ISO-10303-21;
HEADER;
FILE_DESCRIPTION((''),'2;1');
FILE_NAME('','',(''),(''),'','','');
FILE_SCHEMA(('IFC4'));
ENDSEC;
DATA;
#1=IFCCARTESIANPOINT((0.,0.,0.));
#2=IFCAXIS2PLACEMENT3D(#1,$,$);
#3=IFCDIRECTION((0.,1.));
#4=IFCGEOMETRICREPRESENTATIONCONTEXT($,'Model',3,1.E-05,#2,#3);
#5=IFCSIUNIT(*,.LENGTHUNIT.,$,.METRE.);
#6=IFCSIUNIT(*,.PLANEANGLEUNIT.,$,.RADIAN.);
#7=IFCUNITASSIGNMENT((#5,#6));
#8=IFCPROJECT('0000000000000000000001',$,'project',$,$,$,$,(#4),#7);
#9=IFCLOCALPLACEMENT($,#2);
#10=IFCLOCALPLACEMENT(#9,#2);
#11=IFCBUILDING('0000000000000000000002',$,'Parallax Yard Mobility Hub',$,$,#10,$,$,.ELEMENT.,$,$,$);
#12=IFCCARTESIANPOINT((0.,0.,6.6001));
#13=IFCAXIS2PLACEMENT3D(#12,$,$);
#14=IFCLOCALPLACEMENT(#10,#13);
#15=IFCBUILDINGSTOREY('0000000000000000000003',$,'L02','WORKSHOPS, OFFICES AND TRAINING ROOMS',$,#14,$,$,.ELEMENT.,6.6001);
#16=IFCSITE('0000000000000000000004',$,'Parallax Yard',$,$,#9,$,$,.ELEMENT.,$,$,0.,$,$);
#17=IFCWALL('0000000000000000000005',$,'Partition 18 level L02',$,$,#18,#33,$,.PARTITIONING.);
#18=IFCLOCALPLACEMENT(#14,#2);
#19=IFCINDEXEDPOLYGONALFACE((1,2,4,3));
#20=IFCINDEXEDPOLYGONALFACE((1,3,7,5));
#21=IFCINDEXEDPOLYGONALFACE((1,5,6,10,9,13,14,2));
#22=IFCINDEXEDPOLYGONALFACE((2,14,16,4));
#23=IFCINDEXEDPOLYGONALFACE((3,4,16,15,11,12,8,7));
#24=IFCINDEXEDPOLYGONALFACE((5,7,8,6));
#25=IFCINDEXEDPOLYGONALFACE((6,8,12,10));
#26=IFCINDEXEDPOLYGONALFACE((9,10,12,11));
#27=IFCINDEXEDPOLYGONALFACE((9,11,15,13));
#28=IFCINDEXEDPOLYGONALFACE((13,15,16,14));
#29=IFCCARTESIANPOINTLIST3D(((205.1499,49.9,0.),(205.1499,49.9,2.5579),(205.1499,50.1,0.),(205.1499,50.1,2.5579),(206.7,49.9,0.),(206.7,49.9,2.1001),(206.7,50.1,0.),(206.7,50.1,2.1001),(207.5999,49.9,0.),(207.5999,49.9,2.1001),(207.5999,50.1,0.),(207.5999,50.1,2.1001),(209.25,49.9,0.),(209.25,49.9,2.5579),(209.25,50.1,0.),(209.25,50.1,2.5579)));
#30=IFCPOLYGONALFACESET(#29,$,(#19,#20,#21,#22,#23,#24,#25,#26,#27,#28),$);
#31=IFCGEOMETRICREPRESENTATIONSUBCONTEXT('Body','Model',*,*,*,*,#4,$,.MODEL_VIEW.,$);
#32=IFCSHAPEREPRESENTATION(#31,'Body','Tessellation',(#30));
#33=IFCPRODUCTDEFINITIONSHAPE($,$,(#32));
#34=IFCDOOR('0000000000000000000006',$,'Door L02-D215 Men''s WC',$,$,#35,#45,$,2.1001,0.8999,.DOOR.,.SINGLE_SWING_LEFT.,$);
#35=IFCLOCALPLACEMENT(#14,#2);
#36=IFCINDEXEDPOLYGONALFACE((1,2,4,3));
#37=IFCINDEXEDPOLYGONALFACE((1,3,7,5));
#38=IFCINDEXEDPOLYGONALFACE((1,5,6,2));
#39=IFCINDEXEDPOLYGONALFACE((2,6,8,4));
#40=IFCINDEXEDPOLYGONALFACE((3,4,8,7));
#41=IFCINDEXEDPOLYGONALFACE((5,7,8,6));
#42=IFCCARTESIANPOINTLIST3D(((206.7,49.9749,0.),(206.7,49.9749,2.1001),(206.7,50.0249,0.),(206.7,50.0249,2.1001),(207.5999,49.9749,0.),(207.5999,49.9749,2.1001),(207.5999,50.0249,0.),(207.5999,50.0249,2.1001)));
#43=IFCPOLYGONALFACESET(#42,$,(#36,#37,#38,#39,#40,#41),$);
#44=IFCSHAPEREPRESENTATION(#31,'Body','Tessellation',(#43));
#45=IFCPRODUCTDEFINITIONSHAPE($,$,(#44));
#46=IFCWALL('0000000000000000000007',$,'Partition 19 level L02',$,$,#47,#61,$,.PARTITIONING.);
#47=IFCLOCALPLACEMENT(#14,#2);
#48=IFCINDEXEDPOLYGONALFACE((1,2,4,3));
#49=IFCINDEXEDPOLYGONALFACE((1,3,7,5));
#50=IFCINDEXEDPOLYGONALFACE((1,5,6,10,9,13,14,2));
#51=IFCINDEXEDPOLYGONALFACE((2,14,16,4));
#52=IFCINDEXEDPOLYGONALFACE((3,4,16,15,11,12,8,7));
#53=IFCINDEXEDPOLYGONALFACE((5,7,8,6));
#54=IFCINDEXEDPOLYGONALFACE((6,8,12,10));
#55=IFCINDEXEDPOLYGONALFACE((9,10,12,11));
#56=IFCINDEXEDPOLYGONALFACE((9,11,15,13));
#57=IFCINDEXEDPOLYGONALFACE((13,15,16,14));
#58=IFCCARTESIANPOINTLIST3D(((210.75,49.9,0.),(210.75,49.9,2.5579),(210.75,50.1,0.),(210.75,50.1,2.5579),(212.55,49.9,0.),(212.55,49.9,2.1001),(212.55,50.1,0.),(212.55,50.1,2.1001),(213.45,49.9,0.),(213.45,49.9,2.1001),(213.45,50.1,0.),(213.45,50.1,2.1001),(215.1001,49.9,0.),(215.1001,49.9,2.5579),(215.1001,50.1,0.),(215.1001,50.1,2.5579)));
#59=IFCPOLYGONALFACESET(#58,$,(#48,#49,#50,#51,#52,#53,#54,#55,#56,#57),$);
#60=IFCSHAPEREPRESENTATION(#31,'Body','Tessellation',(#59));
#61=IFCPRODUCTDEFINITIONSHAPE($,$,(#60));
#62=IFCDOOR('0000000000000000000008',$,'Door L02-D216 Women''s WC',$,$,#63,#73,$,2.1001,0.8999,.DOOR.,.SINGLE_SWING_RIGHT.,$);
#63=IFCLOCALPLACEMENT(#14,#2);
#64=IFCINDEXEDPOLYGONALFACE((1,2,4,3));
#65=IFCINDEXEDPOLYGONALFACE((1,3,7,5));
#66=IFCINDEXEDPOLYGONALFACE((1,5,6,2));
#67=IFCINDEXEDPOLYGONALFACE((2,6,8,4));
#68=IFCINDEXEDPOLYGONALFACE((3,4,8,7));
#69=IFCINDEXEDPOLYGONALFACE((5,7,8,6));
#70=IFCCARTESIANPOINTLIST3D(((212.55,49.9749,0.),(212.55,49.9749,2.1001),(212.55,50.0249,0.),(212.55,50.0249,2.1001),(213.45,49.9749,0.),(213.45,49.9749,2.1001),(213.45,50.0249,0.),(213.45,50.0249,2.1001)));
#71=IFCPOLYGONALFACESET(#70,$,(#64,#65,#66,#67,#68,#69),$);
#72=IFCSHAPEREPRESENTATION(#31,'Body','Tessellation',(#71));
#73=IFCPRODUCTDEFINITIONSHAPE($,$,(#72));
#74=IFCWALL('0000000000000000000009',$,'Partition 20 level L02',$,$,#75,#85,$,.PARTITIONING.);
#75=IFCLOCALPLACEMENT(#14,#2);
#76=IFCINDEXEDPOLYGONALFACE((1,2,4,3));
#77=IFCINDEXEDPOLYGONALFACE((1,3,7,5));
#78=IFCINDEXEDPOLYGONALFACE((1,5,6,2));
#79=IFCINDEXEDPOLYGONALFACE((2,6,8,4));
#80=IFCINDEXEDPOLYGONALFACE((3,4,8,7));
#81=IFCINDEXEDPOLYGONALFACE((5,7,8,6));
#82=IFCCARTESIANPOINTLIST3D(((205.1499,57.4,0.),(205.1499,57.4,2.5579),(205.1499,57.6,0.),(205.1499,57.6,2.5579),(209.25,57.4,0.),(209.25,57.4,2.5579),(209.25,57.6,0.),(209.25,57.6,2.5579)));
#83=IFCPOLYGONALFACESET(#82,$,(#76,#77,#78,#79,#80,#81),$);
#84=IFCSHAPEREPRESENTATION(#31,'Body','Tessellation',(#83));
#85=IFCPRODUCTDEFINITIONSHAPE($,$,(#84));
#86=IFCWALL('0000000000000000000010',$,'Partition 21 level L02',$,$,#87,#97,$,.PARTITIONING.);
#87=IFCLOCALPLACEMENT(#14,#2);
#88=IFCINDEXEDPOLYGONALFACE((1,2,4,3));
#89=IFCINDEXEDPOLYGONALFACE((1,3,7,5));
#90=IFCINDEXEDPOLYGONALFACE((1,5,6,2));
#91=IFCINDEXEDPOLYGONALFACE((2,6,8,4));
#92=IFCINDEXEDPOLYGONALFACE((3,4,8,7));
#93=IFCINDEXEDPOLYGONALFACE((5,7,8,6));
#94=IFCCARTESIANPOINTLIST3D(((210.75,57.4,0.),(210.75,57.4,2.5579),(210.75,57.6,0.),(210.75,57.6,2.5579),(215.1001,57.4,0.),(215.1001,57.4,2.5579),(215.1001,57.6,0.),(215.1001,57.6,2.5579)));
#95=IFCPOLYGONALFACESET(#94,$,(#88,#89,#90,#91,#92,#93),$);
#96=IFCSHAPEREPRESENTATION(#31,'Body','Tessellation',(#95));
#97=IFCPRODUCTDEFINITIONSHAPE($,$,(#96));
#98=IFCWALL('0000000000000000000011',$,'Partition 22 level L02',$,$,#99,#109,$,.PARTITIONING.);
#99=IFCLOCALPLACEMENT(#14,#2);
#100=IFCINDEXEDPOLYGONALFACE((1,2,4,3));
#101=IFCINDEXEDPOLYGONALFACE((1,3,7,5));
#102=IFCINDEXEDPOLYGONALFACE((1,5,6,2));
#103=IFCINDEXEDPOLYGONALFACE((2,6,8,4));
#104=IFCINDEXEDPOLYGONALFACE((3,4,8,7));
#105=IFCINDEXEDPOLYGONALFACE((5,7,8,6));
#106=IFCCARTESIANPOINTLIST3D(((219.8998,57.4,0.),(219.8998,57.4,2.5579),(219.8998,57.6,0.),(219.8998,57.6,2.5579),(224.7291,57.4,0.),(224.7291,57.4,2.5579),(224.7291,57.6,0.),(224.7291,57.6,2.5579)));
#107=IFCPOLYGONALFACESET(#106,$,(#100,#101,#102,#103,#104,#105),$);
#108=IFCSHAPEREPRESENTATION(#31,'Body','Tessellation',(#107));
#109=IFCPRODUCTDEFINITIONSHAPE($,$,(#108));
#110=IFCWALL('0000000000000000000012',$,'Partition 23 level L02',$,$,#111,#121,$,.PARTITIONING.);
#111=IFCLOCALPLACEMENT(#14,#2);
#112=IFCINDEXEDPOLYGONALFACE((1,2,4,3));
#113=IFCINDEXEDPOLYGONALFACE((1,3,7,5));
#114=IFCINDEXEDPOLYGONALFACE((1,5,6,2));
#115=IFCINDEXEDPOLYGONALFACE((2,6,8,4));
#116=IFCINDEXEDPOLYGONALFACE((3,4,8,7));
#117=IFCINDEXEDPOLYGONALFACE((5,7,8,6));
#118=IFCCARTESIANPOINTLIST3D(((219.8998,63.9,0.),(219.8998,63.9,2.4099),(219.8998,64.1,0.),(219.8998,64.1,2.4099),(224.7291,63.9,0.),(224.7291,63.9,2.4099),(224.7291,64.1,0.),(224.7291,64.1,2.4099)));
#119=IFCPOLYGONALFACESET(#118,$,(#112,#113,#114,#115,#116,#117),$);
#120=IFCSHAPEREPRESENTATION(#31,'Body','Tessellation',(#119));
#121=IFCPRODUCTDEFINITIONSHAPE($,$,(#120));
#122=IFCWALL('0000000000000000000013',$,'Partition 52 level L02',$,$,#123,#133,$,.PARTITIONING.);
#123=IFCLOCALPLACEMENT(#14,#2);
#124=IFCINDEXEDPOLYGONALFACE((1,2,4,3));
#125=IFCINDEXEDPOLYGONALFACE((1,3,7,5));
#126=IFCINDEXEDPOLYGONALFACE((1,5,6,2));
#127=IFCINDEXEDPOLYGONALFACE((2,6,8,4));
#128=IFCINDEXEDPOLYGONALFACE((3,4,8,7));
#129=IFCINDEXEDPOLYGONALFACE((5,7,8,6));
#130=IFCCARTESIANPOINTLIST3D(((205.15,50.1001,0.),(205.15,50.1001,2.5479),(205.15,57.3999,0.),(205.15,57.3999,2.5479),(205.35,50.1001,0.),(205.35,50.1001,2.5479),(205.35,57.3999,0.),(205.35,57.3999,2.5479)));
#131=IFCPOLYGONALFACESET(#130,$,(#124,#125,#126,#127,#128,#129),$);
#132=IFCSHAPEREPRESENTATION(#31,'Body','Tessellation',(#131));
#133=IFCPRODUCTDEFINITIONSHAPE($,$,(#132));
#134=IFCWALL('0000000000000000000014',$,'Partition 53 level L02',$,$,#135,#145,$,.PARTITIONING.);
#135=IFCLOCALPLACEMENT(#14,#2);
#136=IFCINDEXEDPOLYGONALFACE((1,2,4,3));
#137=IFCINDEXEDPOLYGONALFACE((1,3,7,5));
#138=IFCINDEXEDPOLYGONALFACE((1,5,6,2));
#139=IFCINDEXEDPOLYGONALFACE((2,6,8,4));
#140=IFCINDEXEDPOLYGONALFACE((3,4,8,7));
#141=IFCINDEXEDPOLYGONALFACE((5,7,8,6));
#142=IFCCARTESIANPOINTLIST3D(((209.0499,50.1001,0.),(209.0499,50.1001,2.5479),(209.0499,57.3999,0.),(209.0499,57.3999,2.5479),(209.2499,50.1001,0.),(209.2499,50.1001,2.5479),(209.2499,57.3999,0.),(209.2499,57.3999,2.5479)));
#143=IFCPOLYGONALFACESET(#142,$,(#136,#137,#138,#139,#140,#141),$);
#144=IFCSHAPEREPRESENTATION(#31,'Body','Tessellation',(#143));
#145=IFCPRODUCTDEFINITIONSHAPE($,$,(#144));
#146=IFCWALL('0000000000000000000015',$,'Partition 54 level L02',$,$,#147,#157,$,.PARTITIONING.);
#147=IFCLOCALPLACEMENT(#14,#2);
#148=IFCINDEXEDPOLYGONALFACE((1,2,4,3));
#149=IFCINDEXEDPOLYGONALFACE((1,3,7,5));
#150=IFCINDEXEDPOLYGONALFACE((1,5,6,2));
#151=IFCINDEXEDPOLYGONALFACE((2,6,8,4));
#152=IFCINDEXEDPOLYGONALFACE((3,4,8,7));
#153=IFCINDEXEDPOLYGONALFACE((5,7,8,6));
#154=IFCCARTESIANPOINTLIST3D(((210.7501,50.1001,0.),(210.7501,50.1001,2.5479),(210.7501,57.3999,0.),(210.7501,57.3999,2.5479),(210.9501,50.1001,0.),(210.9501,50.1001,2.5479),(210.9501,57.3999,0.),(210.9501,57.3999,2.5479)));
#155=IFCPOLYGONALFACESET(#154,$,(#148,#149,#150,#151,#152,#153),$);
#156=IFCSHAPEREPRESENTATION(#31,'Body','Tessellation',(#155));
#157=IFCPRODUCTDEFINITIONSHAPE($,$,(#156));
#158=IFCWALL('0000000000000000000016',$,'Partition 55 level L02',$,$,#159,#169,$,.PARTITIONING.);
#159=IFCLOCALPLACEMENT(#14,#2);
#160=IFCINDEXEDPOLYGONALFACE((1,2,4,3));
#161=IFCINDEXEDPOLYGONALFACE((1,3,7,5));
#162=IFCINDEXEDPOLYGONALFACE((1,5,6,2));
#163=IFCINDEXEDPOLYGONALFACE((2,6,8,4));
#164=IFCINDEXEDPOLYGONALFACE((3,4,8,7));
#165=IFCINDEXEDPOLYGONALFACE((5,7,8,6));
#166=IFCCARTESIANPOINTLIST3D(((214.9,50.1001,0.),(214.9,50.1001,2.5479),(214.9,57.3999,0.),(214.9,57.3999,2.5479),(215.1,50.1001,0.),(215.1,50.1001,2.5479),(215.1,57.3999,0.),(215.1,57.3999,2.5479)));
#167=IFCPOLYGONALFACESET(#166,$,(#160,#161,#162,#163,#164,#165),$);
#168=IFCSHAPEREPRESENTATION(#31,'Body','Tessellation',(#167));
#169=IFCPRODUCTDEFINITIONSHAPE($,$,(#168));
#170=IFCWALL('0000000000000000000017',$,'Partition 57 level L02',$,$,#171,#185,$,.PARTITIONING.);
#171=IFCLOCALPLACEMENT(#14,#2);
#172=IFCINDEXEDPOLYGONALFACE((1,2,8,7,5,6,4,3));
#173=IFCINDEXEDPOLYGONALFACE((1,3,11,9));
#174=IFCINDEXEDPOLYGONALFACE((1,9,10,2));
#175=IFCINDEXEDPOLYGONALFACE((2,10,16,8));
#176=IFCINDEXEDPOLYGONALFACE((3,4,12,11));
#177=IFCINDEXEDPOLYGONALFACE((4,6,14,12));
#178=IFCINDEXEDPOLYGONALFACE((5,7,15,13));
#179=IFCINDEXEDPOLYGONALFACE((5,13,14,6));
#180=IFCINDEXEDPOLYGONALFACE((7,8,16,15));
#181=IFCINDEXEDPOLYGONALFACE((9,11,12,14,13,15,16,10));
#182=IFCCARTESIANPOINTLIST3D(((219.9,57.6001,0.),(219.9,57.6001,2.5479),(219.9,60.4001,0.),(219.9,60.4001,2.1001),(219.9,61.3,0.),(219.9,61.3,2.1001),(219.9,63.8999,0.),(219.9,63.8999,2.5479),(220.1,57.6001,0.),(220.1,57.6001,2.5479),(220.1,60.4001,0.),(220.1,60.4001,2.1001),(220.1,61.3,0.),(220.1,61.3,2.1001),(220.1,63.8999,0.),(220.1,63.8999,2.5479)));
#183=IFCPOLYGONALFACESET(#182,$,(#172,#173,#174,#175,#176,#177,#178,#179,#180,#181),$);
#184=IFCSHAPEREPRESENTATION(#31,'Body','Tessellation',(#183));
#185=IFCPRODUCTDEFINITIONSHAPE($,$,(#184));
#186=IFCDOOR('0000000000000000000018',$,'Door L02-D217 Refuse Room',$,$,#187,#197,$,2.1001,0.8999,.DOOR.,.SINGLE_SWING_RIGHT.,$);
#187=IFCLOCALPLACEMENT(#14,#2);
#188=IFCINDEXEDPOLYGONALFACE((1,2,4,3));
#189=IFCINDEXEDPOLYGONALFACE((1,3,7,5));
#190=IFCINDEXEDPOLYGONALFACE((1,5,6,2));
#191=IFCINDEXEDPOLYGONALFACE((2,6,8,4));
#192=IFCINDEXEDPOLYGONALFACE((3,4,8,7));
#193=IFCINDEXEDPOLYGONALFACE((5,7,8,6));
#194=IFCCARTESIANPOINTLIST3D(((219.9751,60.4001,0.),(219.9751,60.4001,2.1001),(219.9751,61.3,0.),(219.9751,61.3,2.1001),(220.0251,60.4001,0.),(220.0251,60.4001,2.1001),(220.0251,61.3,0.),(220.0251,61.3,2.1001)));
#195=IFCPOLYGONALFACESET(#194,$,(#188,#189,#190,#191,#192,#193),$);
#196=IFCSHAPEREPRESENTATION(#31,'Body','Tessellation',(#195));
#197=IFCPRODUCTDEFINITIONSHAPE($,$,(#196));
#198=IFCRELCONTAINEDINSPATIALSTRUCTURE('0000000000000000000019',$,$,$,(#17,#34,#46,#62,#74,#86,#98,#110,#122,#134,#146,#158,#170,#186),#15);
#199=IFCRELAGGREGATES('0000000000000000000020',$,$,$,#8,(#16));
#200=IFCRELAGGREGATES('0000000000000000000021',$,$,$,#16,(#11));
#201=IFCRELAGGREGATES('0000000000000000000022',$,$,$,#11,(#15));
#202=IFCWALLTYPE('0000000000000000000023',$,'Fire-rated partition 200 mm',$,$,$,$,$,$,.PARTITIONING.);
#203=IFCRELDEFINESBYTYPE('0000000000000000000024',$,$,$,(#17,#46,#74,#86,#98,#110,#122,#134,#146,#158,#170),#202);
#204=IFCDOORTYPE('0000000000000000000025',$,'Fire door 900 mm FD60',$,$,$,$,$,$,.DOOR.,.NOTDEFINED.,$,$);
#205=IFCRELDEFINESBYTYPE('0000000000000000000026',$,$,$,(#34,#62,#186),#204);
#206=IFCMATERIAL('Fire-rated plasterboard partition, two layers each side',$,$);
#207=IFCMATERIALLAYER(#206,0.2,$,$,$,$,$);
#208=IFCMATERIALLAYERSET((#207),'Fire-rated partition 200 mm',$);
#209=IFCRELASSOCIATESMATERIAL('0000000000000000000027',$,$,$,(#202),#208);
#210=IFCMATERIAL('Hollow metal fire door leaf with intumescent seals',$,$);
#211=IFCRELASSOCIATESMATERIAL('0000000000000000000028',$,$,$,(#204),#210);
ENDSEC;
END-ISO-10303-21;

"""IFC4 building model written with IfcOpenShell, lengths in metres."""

from ifc_helpers import new_model, si_unit, direction, frame, frame_2d, origin, place, context, subcontext, project, spatial, rectangle, extrude, material, layer, layer_set, type_object, element, fill, save


model = new_model("IFC4")

# Units and contexts
model_context = context("Model", 3, precision=1e-05, world=origin(), true_north=direction((0.0, 1.0)))
body_context = subcontext(model_context, "Body", "Model", "MODEL_VIEW")
ifc_project = project(units=[si_unit("LENGTHUNIT", "METRE"), si_unit("PLANEANGLEUNIT", "RADIAN")], contexts=[model_context])

# Site, building, storey
site_placement = place(None, origin())
site = spatial("IfcSite", under=ifc_project, at=site_placement, Name="Parallax Yard", CompositionType="ELEMENT", RefElevation=0.0)
building_placement = place(site_placement, origin())
building = spatial("IfcBuilding", under=site, at=building_placement, Name="Parallax Yard Mobility Hub", CompositionType="ELEMENT")
storey_placement = place(building_placement, frame((0.0, 0.0, 6.6001)))
storey = spatial("IfcBuildingStorey", under=building, at=storey_placement, Name="L02", Description="WORKSHOPS, OFFICES AND TRAINING ROOMS", CompositionType="ELEMENT", Elevation=6.6001)

# Walls, openings, doors
ifc_material_1 = material(Name="Fire-rated plasterboard partition, two layers each side")
ifc_layer_1 = layer(ifc_material_1, 0.2)
ifc_layer_set_1 = layer_set([ifc_layer_1], Name="Fire-rated partition 200 mm")
wall_type_1 = type_object("IfcWallType", Name="Fire-rated partition 200 mm", PredefinedType="PARTITIONING", material=ifc_layer_set_1)
wall_1_placement = place(storey_placement, frame((205.1499, 50.0, 0.0), z_axis=(0.0, 0.0, 1.0), x_axis=(1.0, 0.0, 0.0)))
wall_1 = element("IfcWall", 1, at=wall_1_placement, inside=storey, type_object=wall_type_1, Name="Partition 18 level L02", PredefinedType="PARTITIONING", context=body_context, shape_type="SweptSolid", body=[
    extrude(rectangle(XDim=4.1001, YDim=0.2, at=frame_2d((2.05, 0.0))), origin(), (0.0, 0.0, 1.0), 2.5579),
])
opening_1_placement = place(wall_1_placement, frame((1.55, 0.0, 0.0)))
opening_1 = element("IfcOpeningElement", 2, at=opening_1_placement, cuts=wall_1, PredefinedType="OPENING", context=body_context, shape_type="SweptSolid", body=[
    extrude(rectangle(XDim=0.8999, YDim=2.1001, at=frame_2d((0.45, 1.05))), frame((0.0, 0.1099, 0.0), z_axis=(0.0, -1.0, 0.0), x_axis=(1.0, 0.0, 0.0)), (0.0, 0.0, 1.0), 0.22),
])
ifc_material_2 = material(Name="Hollow metal fire door leaf with intumescent seals")
door_type = type_object("IfcDoorType", Name="Fire door 900 mm FD60", OperationType="NOTDEFINED", PredefinedType="DOOR", material=ifc_material_2)
door_1_placement = place(opening_1_placement, origin())
door_1 = element("IfcDoor", 3, at=door_1_placement, inside=storey, type_object=door_type, Name="Door L02-D215 Men's WC", OperationType="SINGLE_SWING_LEFT", OverallHeight=2.1001, OverallWidth=0.8999, PredefinedType="DOOR", context=body_context, shape_type="SweptSolid", body=[
    extrude(rectangle(XDim=0.8999, YDim=2.1001, at=frame_2d((0.45, 1.05))), frame((0.0, 0.0249, 0.0), z_axis=(0.0, -1.0, 0.0), x_axis=(1.0, 0.0, 0.0)), (0.0, 0.0, 1.0), 0.05),
])
fill(opening_1, door_1)
wall_2_placement = place(storey_placement, frame((210.75, 50.0, 0.0), z_axis=(0.0, 0.0, 1.0), x_axis=(1.0, 0.0, 0.0)))
wall_2 = element("IfcWall", 4, at=wall_2_placement, inside=storey, type_object=wall_type_1, Name="Partition 19 level L02", PredefinedType="PARTITIONING", context=body_context, shape_type="SweptSolid", body=[
    extrude(rectangle(XDim=4.3501, YDim=0.2, at=frame_2d((2.175, 0.0))), origin(), (0.0, 0.0, 1.0), 2.5579),
])
opening_2_placement = place(wall_2_placement, frame((1.8, 0.0, 0.0)))
opening_2 = element("IfcOpeningElement", 5, at=opening_2_placement, cuts=wall_2, PredefinedType="OPENING", context=body_context, shape_type="SweptSolid", body=[
    extrude(rectangle(XDim=0.8999, YDim=2.1001, at=frame_2d((0.45, 1.05))), frame((0.0, 0.1099, 0.0), z_axis=(0.0, -1.0, 0.0), x_axis=(1.0, 0.0, 0.0)), (0.0, 0.0, 1.0), 0.22),
])
door_2_placement = place(opening_2_placement, origin())
door_2 = element("IfcDoor", 6, at=door_2_placement, inside=storey, type_object=door_type, Name="Door L02-D216 Women's WC", OperationType="SINGLE_SWING_RIGHT", OverallHeight=2.1001, OverallWidth=0.8999, PredefinedType="DOOR", context=body_context, shape_type="SweptSolid", body=[
    extrude(rectangle(XDim=0.8999, YDim=2.1001, at=frame_2d((0.45, 1.05))), frame((0.0, 0.0249, 0.0), z_axis=(0.0, -1.0, 0.0), x_axis=(1.0, 0.0, 0.0)), (0.0, 0.0, 1.0), 0.05),
])
fill(opening_2, door_2)

# Walls
wall_3_placement = place(storey_placement, frame((205.1499, 57.5, 0.0), z_axis=(0.0, 0.0, 1.0), x_axis=(1.0, 0.0, 0.0)))
element("IfcWall", 7, at=wall_3_placement, inside=storey, type_object=wall_type_1, Name="Partition 20 level L02", PredefinedType="PARTITIONING", context=body_context, shape_type="SweptSolid", body=[
    extrude(rectangle(XDim=4.1001, YDim=0.2, at=frame_2d((2.05, 0.0))), origin(), (0.0, 0.0, 1.0), 2.5579),
])
wall_4_placement = place(storey_placement, frame((210.75, 57.5, 0.0), z_axis=(0.0, 0.0, 1.0), x_axis=(1.0, 0.0, 0.0)))
element("IfcWall", 8, at=wall_4_placement, inside=storey, type_object=wall_type_1, Name="Partition 21 level L02", PredefinedType="PARTITIONING", context=body_context, shape_type="SweptSolid", body=[
    extrude(rectangle(XDim=4.3501, YDim=0.2, at=frame_2d((2.175, 0.0))), origin(), (0.0, 0.0, 1.0), 2.5579),
])
wall_5_placement = place(storey_placement, frame((219.8999, 57.5, 0.0), z_axis=(0.0, 0.0, 1.0), x_axis=(1.0, 0.0, 0.0)))
element("IfcWall", 9, at=wall_5_placement, inside=storey, type_object=wall_type_1, Name="Partition 22 level L02", PredefinedType="PARTITIONING", context=body_context, shape_type="SweptSolid", body=[
    extrude(rectangle(XDim=4.8293, YDim=0.2, at=frame_2d((2.4146, 0.0))), origin(), (0.0, 0.0, 1.0), 2.5579),
])
wall_6_placement = place(storey_placement, frame((219.8999, 64.0, 0.0), z_axis=(0.0, 0.0, 1.0), x_axis=(1.0, 0.0, 0.0)))
element("IfcWall", 10, at=wall_6_placement, inside=storey, type_object=wall_type_1, Name="Partition 23 level L02", PredefinedType="PARTITIONING", context=body_context, shape_type="SweptSolid", body=[
    extrude(rectangle(XDim=4.8293, YDim=0.2, at=frame_2d((2.4146, 0.0))), origin(), (0.0, 0.0, 1.0), 2.4099),
])
for number, where, z_axis, x_axis, name in (
    (11, (205.25, 50.1001, 0.0), (0.0, 0.0, 1.0), (0.0, 1.0, 0.0), "Partition 52 level L02"),
    (12, (209.1499, 50.1001, 0.0), (0.0, 0.0, 1.0), (0.0, 1.0, 0.0), "Partition 53 level L02"),
    (13, (210.8501, 50.1001, 0.0), (0.0, 0.0, 1.0), (0.0, 1.0, 0.0), "Partition 54 level L02"),
    (14, (215.0, 50.1001, 0.0), (0.0, 0.0, 1.0), (0.0, 1.0, 0.0), "Partition 55 level L02"),
):
    element("IfcWall", number, at=place(storey_placement, frame(where, z_axis=z_axis, x_axis=x_axis)), inside=storey, type_object=wall_type_1, Name=name, PredefinedType="PARTITIONING", context=body_context, shape_type="SweptSolid", body=[
        extrude(rectangle(XDim=7.2998, YDim=0.2, at=frame_2d((3.6499, 0.0))), origin(), (0.0, 0.0, 1.0), 2.5479),
    ])

# Wall, opening, door
wall_7_placement = place(storey_placement, frame((220.0, 57.6001, 0.0), z_axis=(0.0, 0.0, 1.0), x_axis=(0.0, 1.0, 0.0)))
wall_7 = element("IfcWall", 15, at=wall_7_placement, inside=storey, type_object=wall_type_1, Name="Partition 57 level L02", PredefinedType="PARTITIONING", context=body_context, shape_type="SweptSolid", body=[
    extrude(rectangle(XDim=6.2998, YDim=0.2, at=frame_2d((3.1499, 0.0))), origin(), (0.0, 0.0, 1.0), 2.5479),
])
opening_3_placement = place(wall_7_placement, frame((2.8, 0.0, 0.0)))
opening_3 = element("IfcOpeningElement", 16, at=opening_3_placement, cuts=wall_7, PredefinedType="OPENING", context=body_context, shape_type="SweptSolid", body=[
    extrude(rectangle(XDim=0.8999, YDim=2.1001, at=frame_2d((0.45, 1.05))), frame((0.0, 0.1099, 0.0), z_axis=(0.0, -1.0, 0.0), x_axis=(1.0, 0.0, 0.0)), (0.0, 0.0, 1.0), 0.22),
])
door_3_placement = place(opening_3_placement, origin())
door_3 = element("IfcDoor", 17, at=door_3_placement, inside=storey, type_object=door_type, Name="Door L02-D217 Refuse Room", OperationType="SINGLE_SWING_RIGHT", OverallHeight=2.1001, OverallWidth=0.8999, PredefinedType="DOOR", context=body_context, shape_type="SweptSolid", body=[
    extrude(rectangle(XDim=0.8999, YDim=2.1001, at=frame_2d((0.45, 1.05))), frame((0.0, 0.0249, 0.0), z_axis=(0.0, -1.0, 0.0), x_axis=(1.0, 0.0, 0.0)), (0.0, 0.0, 1.0), 0.05),
])
fill(opening_3, door_3)

save(model, "model.ifc")
